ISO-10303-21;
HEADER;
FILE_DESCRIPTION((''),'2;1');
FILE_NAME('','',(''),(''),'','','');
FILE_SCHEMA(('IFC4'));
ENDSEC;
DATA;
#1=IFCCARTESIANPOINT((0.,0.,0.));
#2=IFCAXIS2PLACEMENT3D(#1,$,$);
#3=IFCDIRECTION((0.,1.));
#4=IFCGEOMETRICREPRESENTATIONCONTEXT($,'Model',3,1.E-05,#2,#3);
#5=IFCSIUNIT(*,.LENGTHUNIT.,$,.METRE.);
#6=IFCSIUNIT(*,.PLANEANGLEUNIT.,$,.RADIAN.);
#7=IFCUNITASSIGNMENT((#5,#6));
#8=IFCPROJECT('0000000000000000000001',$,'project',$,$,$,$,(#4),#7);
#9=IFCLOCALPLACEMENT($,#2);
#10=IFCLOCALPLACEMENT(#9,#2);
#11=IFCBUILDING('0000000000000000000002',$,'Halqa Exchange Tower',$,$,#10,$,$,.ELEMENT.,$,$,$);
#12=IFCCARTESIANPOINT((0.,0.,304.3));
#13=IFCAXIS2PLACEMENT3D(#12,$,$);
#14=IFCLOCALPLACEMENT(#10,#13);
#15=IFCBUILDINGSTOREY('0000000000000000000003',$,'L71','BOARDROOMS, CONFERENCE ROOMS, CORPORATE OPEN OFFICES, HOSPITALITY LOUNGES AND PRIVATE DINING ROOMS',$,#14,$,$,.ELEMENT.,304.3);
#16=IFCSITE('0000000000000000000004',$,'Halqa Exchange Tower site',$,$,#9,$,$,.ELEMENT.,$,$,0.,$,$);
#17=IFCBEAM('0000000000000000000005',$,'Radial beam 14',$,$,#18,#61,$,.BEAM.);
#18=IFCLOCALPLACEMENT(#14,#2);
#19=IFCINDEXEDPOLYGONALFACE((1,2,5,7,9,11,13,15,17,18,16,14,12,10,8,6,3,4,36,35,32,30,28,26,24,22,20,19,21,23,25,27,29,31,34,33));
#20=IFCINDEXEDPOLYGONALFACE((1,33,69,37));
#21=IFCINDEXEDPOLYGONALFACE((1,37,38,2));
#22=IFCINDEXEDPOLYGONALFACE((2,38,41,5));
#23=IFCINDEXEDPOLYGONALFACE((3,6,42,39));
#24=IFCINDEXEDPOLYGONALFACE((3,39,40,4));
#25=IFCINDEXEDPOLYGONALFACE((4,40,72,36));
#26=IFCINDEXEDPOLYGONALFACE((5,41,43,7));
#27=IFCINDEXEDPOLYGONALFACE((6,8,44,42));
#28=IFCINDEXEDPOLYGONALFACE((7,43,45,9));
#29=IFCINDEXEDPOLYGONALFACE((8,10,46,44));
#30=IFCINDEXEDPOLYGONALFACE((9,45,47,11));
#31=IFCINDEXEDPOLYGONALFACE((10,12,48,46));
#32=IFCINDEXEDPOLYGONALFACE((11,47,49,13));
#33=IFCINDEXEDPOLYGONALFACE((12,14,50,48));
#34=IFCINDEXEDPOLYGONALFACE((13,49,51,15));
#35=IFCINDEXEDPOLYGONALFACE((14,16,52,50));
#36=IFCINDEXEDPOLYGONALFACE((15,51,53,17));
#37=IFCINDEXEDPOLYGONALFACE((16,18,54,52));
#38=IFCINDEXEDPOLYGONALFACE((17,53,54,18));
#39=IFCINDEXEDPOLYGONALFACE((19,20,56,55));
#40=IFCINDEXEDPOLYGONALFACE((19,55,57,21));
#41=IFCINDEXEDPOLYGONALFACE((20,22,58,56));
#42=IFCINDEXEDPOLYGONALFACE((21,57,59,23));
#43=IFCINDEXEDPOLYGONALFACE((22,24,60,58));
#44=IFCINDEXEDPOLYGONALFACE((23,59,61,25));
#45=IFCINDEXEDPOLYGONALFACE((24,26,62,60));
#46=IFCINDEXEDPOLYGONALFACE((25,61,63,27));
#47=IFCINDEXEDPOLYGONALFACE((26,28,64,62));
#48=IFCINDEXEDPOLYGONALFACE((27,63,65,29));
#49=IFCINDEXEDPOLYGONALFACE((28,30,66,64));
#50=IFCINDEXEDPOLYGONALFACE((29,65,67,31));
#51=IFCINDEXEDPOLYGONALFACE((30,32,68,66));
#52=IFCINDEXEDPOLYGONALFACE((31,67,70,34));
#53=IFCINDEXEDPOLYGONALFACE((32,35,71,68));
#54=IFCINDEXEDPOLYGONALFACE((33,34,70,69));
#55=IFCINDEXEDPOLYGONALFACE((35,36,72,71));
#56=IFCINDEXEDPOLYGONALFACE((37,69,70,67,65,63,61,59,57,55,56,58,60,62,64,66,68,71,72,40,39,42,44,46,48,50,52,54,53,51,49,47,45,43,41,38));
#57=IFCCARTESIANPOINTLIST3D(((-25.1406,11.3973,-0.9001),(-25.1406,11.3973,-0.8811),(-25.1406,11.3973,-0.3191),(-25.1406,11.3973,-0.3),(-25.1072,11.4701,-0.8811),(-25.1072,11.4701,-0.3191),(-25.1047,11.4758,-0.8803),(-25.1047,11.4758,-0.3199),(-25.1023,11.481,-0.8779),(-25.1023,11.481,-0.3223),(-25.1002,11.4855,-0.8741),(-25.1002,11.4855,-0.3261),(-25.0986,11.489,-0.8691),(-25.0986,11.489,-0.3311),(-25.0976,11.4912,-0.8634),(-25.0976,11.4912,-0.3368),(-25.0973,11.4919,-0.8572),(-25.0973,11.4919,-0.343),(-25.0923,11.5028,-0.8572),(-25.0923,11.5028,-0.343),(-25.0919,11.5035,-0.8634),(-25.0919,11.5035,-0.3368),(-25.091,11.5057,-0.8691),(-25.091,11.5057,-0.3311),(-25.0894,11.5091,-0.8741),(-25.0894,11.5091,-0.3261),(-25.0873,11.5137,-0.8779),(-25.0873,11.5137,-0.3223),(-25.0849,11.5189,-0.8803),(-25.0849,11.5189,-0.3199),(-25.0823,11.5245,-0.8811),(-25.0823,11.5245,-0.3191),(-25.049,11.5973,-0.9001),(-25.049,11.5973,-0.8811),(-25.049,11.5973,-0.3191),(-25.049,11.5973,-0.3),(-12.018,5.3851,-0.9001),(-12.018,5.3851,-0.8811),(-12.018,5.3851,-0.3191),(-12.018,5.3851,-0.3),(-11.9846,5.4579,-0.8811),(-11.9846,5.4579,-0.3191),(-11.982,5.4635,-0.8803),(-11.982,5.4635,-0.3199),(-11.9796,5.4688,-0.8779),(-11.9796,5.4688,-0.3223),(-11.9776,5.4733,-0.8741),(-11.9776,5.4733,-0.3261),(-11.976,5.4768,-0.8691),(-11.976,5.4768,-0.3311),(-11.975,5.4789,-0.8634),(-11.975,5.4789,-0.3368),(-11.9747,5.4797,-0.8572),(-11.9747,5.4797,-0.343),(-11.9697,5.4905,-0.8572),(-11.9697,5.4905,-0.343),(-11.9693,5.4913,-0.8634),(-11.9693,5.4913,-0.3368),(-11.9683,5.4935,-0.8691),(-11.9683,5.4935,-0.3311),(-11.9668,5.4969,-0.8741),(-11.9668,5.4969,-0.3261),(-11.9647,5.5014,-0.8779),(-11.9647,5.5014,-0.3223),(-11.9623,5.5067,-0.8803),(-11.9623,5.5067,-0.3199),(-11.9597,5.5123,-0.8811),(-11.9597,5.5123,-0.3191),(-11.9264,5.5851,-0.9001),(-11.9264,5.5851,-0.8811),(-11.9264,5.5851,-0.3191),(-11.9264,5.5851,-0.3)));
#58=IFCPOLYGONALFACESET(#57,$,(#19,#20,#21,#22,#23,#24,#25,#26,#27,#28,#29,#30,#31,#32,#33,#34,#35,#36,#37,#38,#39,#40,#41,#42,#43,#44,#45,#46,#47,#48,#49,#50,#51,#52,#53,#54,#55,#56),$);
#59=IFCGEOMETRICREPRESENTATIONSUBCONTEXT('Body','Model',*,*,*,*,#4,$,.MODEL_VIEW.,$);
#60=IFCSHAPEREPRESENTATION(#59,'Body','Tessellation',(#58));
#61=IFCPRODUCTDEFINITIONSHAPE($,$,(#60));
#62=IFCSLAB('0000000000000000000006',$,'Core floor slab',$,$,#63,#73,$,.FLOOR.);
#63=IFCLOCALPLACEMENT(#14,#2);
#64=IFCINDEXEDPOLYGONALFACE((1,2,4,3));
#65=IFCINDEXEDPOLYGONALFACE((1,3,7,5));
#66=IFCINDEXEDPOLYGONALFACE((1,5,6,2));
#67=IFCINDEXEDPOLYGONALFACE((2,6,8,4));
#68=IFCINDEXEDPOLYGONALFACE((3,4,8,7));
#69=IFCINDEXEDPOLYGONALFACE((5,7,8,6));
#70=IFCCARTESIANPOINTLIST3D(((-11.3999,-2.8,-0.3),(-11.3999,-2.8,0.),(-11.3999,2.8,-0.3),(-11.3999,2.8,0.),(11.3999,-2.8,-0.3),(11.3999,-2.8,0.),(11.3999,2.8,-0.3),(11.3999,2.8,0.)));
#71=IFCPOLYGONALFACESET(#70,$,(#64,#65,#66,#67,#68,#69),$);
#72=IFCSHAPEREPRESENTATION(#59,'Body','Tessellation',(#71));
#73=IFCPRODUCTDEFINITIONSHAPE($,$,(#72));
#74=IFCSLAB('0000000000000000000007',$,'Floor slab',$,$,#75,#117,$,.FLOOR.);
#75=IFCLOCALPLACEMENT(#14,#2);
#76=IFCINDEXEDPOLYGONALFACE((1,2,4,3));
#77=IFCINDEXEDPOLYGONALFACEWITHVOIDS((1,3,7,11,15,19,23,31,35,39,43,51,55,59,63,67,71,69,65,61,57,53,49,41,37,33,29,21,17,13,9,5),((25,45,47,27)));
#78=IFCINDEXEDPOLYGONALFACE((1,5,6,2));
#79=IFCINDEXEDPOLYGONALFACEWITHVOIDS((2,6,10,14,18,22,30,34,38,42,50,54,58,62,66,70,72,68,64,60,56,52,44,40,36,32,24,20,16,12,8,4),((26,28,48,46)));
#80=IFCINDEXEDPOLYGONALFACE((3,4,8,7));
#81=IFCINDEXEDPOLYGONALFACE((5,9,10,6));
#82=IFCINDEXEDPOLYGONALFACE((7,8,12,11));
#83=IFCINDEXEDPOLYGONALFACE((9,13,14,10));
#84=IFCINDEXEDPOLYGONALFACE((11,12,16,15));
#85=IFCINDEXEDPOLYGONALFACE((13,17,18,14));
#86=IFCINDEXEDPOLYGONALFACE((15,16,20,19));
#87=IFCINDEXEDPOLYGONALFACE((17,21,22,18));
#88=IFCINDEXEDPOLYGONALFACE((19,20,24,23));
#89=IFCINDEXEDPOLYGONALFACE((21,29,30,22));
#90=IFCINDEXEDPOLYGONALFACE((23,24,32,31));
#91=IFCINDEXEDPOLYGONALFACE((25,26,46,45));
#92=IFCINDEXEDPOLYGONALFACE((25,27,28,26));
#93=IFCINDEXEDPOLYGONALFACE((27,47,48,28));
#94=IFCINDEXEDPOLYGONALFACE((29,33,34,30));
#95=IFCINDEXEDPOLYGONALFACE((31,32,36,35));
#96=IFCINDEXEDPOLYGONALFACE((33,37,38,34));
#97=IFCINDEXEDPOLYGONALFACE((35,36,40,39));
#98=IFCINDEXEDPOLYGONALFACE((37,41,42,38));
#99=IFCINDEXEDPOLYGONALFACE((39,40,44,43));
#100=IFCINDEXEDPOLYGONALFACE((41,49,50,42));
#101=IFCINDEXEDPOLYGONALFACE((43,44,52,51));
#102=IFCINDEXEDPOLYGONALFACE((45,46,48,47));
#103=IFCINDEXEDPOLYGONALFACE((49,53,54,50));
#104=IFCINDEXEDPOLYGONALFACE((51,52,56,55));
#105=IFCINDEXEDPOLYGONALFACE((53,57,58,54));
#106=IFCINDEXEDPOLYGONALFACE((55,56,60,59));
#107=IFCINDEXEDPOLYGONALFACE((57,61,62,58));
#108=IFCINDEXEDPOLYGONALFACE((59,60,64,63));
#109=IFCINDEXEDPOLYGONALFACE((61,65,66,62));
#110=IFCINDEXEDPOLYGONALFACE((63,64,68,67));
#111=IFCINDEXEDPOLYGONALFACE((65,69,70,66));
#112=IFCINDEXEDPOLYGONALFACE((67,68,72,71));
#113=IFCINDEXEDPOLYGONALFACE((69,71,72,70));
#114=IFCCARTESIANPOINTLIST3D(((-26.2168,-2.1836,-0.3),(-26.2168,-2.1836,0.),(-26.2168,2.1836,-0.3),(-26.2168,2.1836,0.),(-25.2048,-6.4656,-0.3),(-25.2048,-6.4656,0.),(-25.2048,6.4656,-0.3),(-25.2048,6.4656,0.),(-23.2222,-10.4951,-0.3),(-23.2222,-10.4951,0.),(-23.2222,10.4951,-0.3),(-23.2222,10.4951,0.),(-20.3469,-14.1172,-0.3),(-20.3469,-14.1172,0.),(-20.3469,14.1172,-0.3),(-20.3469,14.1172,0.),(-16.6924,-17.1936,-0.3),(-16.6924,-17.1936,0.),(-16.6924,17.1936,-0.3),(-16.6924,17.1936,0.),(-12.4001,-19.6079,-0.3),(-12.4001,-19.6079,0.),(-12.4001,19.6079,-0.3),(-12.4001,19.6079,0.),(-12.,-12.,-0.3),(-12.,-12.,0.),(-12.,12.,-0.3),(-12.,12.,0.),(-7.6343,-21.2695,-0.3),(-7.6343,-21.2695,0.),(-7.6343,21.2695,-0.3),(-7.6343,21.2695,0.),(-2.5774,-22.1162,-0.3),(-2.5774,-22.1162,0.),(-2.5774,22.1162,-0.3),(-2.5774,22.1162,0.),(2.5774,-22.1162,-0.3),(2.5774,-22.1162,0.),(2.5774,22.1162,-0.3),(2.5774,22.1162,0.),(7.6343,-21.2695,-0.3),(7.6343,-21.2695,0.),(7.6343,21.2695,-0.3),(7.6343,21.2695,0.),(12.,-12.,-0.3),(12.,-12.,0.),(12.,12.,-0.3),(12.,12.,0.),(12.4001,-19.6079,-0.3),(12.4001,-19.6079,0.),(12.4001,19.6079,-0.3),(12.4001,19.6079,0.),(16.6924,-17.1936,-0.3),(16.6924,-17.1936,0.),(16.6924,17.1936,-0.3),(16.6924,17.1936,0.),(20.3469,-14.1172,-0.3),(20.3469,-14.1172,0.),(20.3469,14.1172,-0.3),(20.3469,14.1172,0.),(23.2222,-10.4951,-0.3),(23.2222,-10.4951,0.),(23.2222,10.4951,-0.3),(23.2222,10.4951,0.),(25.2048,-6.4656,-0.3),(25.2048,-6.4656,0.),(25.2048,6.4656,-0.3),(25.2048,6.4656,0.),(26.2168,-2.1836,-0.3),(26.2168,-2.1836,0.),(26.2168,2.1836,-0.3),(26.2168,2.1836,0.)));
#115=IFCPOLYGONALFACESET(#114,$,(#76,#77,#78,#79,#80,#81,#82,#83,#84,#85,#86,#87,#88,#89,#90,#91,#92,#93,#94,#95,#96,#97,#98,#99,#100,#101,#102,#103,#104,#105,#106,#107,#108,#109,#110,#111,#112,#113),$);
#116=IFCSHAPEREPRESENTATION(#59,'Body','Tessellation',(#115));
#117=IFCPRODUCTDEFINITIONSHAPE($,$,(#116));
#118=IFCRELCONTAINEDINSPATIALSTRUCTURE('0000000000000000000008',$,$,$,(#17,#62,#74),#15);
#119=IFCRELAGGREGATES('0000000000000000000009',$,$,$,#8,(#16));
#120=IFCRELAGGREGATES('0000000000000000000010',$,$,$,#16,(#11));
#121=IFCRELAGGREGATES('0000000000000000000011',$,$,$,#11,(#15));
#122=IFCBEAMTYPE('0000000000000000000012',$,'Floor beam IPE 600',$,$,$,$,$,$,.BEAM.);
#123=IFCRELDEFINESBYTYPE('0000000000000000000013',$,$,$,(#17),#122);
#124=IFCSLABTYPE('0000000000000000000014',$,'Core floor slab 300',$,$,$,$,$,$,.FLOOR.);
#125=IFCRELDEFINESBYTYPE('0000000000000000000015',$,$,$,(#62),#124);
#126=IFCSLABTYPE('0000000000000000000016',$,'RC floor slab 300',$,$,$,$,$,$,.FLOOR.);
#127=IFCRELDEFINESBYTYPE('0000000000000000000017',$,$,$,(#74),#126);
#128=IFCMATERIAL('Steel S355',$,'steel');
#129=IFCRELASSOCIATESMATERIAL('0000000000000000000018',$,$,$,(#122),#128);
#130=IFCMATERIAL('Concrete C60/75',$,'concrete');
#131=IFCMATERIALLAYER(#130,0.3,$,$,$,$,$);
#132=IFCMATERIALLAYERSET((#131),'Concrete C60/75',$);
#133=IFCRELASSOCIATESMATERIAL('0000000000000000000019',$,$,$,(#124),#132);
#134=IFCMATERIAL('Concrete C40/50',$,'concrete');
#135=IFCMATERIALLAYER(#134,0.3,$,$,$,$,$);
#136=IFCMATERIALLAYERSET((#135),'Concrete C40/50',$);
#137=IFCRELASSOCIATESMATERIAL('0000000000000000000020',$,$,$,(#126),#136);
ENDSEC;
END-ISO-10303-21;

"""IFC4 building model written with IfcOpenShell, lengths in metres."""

from ifc_helpers import new_model, si_unit, direction, frame, origin, origin_2d, place, context, subcontext, project, spatial, polyline, i_section, outline, extrude, material, layer, layer_set, material_profile, profile_set, type_object, element, save


model = new_model("IFC4")

# Units and contexts
model_context = context("Model", 3, precision=1e-05, world=origin(), true_north=direction((0.0, 1.0)))
body_context = subcontext(model_context, "Body", "Model", "MODEL_VIEW")
ifc_project = project(units=[si_unit("LENGTHUNIT", "METRE"), si_unit("PLANEANGLEUNIT", "RADIAN")], contexts=[model_context])

# Site, building, storey
site_placement = place(None, origin())
site = spatial("IfcSite", under=ifc_project, at=site_placement, Name="Halqa Exchange Tower site", CompositionType="ELEMENT", RefElevation=0.0)
building_placement = place(site_placement, origin())
building = spatial("IfcBuilding", under=site, at=building_placement, Name="Halqa Exchange Tower", CompositionType="ELEMENT")
storey_placement = place(building_placement, frame((0.0, 0.0, 304.3)))
storey = spatial("IfcBuildingStorey", under=building, at=storey_placement, Name="L71", Description="BOARDROOMS, CONFERENCE ROOMS, CORPORATE OPEN OFFICES, HOSPITALITY LOUNGES AND PRIVATE DINING ROOMS", CompositionType="ELEMENT", Elevation=304.3)

# Beam
ifc_material_1 = material(Name="Steel S355", Category="steel")
ifc_material_profile = material_profile(ifc_material_1, i_section(OverallWidth=0.22, OverallDepth=0.6001, WebThickness=0.012, FlangeThickness=0.019, FilletRadius=0.0239, at=origin_2d()), Name="IPE 600")
ifc_profile_set = profile_set([ifc_material_profile], Name="Steel S355")
beam_type = type_object("IfcBeamType", Name="Floor beam IPE 600", PredefinedType="BEAM", material=ifc_profile_set)
beam_placement = place(storey_placement, frame((-11.9722, 5.4851, -0.6001), z_axis=(-0.909125, 0.416523, 0.0), x_axis=(-0.416523, -0.909125, 0.0)))
element("IfcBeam", 1, at=beam_placement, inside=storey, type_object=beam_type, Name="Radial beam 14", PredefinedType="BEAM", context=body_context, shape_type="SweptSolid", body=[
    extrude(i_section(OverallWidth=0.22, OverallDepth=0.6001, WebThickness=0.012, FlangeThickness=0.019, FilletRadius=0.0239, at=origin_2d()), origin(), (0.0, 0.0, 1.0), 14.4343),
])

# Slabs
ifc_material_2 = material(Name="Concrete C60/75", Category="concrete")
ifc_layer_1 = layer(ifc_material_2, 0.3)
ifc_layer_set_1 = layer_set([ifc_layer_1], Name="Concrete C60/75")
slab_type_1 = type_object("IfcSlabType", Name="Core floor slab 300", PredefinedType="FLOOR", material=ifc_layer_set_1)
slab_1_placement = place(storey_placement, frame((0.0, 0.0, -0.3)))
element("IfcSlab", 2, at=slab_1_placement, inside=storey, type_object=slab_type_1, Name="Core floor slab", PredefinedType="FLOOR", context=body_context, shape_type="SweptSolid", body=[
    extrude(outline(polyline([(-11.3999, 2.8), (11.3999, 2.8), (11.3999, -2.8), (-11.3999, -2.8), (-11.3999, 2.8)])), origin(), (0.0, 0.0, 1.0), 0.3),
])
ifc_material_3 = material(Name="Concrete C40/50", Category="concrete")
ifc_layer_2 = layer(ifc_material_3, 0.3)
ifc_layer_set_2 = layer_set([ifc_layer_2], Name="Concrete C40/50")
slab_type_2 = type_object("IfcSlabType", Name="RC floor slab 300", PredefinedType="FLOOR", material=ifc_layer_set_2)
slab_2_placement = place(storey_placement, frame((0.0, 0.0, -0.3)))
element("IfcSlab", 3, at=slab_2_placement, inside=storey, type_object=slab_type_2, Name="Floor slab", PredefinedType="FLOOR", context=body_context, shape_type="SweptSolid", body=[
    extrude(outline(polyline([(26.2168, 2.1836), (25.2048, 6.4656), (23.2222, 10.4951), (20.3469, 14.1172), (16.6924, 17.1936), (12.4001, 19.6079), (7.6343, 21.2695), (2.5774, 22.1162), (-2.5774, 22.1162), (-7.6343, 21.2695), (-12.4001, 19.6079), (-16.6924, 17.1936), (-20.3469, 14.1172), (-23.2222, 10.4951), (-25.2048, 6.4656), (-26.2168, 2.1836), (-26.2168, -2.1836), (-25.2048, -6.4656), (-23.2222, -10.4951), (-20.3469, -14.1172), (-16.6924, -17.1936), (-12.4001, -19.6079), (-7.6343, -21.2695), (-2.5774, -22.1162), (2.5774, -22.1162), (7.6343, -21.2695), (12.4001, -19.6079), (16.6924, -17.1936), (20.3469, -14.1172), (23.2222, -10.4951), (25.2048, -6.4656), (26.2168, -2.1836), (26.2168, 2.1836)]), holes=[polyline([(-12.0, -12.0), (12.0, -12.0), (12.0, 12.0), (-12.0, 12.0), (-12.0, -12.0)])]), origin(), (0.0, 0.0, 1.0), 0.3),
])

save(model, "model.ifc")
